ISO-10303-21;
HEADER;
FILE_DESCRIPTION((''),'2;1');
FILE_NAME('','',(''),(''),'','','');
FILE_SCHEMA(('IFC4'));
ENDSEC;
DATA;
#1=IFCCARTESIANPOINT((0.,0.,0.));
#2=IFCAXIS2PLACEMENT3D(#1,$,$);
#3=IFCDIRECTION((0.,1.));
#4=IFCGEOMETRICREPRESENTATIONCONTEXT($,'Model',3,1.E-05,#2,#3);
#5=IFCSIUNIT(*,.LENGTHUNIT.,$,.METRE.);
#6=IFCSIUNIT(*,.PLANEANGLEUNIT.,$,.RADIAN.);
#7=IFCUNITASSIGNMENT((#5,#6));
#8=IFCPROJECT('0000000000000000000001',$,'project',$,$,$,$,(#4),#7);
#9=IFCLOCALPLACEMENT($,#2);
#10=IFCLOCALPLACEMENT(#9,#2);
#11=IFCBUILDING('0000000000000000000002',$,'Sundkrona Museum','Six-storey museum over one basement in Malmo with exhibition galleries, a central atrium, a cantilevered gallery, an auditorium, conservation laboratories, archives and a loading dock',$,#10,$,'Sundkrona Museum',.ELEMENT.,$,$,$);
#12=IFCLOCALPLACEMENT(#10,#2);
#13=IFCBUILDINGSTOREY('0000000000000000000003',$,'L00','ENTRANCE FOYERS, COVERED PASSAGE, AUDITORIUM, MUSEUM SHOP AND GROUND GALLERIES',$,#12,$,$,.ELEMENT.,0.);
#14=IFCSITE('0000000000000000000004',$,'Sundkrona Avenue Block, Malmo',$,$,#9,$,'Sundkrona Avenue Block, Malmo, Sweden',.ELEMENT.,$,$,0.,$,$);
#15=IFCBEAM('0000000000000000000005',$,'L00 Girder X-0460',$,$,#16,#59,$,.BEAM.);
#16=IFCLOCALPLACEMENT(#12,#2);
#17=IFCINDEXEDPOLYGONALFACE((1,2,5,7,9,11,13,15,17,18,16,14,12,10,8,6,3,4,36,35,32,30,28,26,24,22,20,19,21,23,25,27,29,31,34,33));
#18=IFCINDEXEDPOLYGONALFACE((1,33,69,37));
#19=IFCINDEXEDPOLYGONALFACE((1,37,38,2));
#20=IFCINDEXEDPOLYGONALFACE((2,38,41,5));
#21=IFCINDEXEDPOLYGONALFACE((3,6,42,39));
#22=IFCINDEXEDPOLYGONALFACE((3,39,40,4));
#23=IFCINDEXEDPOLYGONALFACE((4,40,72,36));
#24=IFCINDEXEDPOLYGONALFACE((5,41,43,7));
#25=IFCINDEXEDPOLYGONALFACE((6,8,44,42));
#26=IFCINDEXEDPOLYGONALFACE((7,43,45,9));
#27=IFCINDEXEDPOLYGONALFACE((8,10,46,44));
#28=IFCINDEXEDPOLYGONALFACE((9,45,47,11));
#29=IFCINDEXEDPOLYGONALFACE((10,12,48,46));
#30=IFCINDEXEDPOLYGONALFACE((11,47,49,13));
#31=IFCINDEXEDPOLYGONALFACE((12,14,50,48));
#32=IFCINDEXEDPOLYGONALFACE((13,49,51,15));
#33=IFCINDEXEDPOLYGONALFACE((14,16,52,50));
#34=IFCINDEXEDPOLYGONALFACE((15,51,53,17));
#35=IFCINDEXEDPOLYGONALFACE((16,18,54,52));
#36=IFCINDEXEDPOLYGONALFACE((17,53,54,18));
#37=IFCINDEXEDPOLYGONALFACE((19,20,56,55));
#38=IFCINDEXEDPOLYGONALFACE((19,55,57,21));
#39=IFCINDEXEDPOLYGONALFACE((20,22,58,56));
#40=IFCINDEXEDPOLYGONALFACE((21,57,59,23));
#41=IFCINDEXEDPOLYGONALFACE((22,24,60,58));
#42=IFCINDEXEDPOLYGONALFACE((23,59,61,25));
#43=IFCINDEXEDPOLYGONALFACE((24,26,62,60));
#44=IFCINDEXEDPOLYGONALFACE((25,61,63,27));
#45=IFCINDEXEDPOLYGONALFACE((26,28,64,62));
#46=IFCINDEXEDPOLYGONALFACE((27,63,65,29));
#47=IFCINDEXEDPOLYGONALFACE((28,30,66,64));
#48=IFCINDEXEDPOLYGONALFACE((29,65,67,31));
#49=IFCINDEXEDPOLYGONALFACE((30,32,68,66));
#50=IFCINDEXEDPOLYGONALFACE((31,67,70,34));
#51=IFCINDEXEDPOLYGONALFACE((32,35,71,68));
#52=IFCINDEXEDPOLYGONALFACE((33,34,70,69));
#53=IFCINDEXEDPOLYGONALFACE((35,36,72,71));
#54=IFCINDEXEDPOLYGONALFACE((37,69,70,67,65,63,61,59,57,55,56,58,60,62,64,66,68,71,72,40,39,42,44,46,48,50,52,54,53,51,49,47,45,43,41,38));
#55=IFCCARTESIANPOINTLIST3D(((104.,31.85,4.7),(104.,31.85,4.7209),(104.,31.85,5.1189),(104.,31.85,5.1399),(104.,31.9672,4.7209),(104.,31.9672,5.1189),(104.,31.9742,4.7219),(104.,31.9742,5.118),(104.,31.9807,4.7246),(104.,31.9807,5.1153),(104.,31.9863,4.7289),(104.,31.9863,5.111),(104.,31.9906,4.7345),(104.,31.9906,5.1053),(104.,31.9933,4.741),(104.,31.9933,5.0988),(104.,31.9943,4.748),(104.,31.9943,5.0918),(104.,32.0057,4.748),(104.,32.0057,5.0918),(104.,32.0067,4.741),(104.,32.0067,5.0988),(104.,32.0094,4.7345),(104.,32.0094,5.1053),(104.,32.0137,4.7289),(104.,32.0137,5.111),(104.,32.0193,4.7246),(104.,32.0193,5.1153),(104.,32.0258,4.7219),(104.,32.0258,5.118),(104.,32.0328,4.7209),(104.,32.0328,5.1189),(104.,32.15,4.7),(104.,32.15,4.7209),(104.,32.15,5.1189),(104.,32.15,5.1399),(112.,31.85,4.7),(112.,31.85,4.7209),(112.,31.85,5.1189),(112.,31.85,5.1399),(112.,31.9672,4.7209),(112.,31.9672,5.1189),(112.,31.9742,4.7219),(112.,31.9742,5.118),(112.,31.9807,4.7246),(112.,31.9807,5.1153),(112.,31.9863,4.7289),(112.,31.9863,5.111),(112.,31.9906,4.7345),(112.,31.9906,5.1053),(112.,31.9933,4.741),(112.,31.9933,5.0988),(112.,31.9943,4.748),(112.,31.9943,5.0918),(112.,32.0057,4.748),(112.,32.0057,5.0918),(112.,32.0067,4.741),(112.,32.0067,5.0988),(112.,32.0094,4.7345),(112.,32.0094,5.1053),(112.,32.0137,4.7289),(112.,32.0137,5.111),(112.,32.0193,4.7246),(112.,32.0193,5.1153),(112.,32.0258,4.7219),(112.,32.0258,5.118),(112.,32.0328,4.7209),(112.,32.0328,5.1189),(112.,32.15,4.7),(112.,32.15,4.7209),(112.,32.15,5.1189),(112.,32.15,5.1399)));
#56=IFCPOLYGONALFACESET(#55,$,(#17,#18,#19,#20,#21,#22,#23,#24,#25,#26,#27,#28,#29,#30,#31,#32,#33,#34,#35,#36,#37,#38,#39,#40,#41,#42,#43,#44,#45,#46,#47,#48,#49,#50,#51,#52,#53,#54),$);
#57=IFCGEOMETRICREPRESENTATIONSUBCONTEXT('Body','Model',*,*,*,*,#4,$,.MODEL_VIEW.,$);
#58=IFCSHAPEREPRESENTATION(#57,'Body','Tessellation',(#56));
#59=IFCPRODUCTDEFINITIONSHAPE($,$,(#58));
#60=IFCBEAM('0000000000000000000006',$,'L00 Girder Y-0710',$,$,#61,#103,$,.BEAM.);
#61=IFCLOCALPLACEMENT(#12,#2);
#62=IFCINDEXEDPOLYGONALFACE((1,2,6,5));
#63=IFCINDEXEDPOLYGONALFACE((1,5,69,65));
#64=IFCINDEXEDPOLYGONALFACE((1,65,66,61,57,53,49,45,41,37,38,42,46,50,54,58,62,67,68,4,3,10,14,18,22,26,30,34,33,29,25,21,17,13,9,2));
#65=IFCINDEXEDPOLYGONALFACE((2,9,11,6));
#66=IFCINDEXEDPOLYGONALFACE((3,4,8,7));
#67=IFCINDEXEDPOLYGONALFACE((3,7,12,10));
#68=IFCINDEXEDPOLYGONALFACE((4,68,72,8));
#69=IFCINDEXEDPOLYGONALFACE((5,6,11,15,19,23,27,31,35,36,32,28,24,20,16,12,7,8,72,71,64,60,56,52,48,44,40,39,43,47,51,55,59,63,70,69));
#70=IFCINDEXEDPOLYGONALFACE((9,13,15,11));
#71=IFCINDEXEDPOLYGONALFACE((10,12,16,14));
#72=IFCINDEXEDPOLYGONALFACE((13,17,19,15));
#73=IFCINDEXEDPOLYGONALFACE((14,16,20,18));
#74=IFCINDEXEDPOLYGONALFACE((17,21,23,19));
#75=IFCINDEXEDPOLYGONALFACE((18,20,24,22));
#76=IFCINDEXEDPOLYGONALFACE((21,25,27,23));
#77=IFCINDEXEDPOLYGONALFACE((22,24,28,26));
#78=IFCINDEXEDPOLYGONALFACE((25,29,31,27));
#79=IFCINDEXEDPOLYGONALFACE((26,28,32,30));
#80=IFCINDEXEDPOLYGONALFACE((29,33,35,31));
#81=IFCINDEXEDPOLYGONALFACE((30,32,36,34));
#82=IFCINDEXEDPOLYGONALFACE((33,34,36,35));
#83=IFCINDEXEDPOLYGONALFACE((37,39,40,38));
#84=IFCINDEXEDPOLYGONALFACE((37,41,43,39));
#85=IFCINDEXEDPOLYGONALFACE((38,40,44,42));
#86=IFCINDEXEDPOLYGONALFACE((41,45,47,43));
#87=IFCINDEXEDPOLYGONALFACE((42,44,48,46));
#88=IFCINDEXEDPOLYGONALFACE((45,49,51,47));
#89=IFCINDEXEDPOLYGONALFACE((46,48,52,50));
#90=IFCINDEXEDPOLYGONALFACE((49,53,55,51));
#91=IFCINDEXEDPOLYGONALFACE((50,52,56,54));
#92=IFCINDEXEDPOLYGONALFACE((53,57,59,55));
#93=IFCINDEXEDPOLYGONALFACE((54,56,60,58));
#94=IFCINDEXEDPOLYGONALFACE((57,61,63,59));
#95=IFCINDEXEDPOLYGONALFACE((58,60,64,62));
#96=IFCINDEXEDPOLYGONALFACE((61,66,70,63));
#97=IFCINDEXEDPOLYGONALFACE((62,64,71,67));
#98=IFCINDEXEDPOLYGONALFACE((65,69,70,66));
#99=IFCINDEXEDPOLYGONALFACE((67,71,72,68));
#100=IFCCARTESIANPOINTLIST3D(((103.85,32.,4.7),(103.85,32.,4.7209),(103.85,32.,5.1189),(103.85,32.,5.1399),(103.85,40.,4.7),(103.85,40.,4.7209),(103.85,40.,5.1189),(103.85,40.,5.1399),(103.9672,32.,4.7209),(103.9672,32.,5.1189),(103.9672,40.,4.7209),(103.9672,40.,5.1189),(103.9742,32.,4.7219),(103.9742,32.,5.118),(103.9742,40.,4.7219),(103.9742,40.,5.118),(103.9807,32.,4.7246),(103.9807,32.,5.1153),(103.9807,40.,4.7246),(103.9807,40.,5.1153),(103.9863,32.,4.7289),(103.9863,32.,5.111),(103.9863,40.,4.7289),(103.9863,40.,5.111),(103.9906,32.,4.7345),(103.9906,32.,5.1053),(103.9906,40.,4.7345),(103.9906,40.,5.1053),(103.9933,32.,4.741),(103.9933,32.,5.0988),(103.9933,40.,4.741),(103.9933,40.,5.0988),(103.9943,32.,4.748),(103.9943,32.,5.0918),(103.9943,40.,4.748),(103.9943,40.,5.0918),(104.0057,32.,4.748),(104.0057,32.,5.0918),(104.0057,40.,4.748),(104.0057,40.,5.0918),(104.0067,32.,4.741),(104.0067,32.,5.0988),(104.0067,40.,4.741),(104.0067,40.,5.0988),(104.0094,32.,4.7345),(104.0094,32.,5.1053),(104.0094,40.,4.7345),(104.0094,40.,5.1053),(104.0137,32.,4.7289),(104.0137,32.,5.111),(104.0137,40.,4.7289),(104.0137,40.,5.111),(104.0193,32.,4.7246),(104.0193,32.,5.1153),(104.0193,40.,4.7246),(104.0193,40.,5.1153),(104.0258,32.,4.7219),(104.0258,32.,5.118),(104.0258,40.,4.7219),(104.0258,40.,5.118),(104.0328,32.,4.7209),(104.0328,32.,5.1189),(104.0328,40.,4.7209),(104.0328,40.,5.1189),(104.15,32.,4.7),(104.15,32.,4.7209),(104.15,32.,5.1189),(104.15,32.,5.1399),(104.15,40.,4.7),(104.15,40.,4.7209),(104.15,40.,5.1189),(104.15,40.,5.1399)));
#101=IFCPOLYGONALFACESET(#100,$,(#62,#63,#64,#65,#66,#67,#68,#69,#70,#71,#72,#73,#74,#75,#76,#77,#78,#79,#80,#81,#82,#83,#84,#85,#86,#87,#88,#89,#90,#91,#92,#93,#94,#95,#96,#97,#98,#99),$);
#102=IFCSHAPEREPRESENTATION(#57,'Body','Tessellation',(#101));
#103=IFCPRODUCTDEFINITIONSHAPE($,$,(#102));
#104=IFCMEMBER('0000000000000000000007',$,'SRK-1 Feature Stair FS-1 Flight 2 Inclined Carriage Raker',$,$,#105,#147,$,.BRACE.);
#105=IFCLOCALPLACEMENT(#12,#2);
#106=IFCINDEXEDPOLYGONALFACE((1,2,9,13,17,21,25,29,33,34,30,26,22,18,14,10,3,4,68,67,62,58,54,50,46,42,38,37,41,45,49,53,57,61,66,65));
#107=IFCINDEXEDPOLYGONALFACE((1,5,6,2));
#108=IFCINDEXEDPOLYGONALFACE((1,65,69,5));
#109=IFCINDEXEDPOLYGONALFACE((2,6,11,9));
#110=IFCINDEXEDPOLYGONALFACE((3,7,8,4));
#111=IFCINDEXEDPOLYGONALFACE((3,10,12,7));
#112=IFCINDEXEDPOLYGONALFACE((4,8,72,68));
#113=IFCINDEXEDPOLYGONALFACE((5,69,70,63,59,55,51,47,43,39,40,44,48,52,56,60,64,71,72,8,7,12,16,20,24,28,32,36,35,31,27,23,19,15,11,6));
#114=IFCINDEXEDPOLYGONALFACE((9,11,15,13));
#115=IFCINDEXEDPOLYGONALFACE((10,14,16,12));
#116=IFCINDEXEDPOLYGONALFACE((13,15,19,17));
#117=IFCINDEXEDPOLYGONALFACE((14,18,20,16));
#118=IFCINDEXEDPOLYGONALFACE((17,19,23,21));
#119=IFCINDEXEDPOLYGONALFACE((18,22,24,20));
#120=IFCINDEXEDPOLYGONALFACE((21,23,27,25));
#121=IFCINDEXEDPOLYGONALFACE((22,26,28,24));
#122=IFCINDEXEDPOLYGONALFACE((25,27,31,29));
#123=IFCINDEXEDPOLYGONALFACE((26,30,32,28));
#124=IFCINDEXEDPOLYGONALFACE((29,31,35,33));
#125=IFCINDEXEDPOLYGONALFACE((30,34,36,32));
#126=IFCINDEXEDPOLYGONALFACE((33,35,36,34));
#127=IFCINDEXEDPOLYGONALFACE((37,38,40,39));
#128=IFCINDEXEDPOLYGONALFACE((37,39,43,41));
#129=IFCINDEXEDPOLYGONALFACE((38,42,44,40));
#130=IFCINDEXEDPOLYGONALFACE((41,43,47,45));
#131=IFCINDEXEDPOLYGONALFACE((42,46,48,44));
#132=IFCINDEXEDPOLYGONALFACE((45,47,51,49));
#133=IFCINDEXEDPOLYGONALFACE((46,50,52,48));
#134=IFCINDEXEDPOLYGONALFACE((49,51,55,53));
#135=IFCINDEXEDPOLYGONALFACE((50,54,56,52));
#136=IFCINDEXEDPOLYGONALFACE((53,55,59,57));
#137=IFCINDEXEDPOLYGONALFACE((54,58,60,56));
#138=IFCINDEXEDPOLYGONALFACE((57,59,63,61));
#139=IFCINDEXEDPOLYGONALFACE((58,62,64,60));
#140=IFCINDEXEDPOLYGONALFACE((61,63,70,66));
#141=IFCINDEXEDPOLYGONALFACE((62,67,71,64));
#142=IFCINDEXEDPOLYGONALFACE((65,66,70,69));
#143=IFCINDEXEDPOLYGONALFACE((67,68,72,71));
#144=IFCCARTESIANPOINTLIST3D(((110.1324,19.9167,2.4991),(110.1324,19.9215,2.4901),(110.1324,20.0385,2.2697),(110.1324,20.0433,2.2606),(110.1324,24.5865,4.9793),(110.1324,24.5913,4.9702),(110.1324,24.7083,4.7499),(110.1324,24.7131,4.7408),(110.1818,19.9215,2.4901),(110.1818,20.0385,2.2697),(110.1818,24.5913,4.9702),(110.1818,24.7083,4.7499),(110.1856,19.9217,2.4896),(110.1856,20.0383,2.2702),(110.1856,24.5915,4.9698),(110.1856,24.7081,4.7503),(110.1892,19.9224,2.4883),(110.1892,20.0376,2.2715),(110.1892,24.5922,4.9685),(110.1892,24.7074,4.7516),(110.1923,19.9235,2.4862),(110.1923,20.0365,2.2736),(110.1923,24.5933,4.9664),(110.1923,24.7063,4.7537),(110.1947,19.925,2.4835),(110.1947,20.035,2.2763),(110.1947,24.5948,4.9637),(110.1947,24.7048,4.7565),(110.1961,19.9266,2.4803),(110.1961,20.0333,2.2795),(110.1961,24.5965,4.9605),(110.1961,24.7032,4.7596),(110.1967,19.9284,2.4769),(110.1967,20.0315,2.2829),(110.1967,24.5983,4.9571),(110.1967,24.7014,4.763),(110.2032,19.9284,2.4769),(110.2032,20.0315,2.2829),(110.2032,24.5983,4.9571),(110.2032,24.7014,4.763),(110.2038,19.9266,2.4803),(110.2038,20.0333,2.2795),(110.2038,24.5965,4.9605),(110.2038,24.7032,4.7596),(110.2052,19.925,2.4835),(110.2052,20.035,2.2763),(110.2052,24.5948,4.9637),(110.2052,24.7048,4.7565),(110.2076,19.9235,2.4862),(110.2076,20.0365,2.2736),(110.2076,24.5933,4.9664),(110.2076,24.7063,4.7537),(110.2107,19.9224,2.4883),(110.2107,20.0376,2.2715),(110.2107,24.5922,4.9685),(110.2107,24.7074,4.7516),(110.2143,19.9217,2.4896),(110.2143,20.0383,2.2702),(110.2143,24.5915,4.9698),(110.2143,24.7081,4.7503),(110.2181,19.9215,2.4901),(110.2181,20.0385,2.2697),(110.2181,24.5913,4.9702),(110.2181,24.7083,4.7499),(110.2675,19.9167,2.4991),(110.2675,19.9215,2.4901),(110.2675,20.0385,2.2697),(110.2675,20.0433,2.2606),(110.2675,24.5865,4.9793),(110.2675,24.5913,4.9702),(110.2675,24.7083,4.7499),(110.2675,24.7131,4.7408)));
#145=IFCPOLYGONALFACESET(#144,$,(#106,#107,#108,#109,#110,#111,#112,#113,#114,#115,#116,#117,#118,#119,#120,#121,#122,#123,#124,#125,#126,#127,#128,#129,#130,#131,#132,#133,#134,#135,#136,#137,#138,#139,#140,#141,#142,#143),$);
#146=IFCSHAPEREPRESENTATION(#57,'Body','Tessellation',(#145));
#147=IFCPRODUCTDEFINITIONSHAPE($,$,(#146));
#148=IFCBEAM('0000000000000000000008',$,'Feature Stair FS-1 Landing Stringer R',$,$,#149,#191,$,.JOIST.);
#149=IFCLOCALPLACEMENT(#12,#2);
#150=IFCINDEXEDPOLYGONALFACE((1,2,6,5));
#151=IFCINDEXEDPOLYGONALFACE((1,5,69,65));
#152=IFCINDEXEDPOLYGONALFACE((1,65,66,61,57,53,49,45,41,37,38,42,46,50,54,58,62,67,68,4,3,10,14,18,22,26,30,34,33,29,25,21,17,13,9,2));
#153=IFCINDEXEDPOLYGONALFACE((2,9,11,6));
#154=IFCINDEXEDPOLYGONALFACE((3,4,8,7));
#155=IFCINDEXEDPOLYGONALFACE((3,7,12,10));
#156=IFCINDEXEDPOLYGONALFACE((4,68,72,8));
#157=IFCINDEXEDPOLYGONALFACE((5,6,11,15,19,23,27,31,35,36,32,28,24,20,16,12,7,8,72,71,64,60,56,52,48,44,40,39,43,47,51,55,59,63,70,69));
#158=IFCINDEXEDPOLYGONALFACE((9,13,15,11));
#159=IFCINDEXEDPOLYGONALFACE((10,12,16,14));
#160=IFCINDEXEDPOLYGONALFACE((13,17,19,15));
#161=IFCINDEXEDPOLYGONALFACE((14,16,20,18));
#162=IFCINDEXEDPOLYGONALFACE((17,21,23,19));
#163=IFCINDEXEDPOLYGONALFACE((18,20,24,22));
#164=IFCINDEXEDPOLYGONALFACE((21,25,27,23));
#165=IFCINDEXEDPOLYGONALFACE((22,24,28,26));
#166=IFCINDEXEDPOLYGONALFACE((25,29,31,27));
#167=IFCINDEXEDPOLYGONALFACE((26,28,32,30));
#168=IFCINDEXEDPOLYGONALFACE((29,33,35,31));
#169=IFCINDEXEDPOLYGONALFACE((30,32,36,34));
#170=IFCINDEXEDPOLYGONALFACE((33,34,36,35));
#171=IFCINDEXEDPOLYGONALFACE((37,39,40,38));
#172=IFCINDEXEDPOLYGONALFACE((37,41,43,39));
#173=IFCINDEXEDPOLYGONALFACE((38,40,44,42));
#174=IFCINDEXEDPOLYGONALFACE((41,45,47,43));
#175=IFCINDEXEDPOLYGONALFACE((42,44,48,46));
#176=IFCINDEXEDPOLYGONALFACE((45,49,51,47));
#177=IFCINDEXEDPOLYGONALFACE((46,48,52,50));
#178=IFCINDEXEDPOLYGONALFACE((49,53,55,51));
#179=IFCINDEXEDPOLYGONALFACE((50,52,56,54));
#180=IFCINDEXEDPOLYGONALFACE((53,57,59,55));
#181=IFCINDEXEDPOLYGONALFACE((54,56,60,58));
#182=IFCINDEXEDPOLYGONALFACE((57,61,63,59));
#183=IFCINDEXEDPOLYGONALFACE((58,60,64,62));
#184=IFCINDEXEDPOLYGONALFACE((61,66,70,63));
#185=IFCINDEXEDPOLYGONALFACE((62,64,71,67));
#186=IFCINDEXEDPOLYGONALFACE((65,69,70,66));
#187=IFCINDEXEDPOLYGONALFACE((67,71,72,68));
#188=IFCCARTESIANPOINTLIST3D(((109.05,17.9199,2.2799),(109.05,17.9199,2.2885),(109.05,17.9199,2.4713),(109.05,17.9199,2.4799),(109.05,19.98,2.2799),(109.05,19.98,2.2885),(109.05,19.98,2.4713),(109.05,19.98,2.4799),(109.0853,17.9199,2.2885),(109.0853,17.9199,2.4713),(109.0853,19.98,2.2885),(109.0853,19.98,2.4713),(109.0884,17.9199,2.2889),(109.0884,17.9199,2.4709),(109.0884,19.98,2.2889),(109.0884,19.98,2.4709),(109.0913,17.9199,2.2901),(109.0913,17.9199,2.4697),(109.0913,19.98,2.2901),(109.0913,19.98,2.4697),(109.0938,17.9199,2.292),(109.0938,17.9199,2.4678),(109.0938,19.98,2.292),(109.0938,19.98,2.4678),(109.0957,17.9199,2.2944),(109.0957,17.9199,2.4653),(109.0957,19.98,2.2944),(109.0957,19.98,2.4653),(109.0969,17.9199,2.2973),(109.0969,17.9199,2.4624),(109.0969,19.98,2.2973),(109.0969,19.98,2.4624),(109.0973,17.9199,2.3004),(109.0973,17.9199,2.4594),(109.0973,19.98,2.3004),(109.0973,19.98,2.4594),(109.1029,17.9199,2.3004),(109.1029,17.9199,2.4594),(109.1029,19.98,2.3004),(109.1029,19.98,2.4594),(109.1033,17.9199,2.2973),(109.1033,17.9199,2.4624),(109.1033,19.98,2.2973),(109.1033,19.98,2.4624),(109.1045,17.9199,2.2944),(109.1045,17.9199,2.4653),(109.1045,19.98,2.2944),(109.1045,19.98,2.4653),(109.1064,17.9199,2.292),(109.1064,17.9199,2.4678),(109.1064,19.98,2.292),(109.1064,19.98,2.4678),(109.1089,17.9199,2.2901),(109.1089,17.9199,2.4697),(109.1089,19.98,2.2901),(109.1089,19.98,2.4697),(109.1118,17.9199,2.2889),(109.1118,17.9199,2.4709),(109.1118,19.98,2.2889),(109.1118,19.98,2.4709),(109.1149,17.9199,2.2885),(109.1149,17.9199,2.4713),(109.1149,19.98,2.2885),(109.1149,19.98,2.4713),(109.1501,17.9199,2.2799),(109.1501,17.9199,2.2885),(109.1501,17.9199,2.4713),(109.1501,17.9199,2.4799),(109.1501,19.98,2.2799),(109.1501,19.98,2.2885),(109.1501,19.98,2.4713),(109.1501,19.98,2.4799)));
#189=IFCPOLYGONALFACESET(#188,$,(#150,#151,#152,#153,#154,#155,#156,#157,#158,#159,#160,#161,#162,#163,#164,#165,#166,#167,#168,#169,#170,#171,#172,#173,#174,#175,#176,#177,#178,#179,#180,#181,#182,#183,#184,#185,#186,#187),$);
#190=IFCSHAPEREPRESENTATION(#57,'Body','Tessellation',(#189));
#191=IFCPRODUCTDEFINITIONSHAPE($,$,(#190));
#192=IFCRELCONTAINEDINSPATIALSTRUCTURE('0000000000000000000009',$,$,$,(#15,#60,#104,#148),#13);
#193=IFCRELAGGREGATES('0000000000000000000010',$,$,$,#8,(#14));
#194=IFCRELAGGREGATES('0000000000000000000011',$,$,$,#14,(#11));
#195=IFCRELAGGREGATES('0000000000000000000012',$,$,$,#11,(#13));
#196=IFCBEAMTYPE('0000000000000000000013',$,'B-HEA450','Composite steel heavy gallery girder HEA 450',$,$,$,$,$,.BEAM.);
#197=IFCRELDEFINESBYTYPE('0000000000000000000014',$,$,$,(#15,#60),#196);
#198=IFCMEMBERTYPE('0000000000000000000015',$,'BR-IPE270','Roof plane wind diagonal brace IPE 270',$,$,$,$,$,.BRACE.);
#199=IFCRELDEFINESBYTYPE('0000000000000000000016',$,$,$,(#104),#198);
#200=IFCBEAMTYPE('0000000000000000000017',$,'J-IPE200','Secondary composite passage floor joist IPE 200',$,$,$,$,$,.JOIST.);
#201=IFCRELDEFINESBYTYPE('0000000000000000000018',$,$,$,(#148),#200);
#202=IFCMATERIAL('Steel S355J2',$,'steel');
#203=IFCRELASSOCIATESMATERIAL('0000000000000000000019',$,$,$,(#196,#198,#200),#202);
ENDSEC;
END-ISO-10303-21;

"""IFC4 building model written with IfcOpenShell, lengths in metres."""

from ifc_helpers import new_model, si_unit, direction, frame, origin, origin_2d, place, context, subcontext, project, spatial, i_section, extrude, material, material_profile, profile_set, type_object, element, save


model = new_model("IFC4")

# Units and contexts
model_context = context("Model", 3, precision=1e-05, world=origin(), true_north=direction((0.0, 1.0)))
body_context = subcontext(model_context, "Body", "Model", "MODEL_VIEW")
ifc_project = project(units=[si_unit("LENGTHUNIT", "METRE"), si_unit("PLANEANGLEUNIT", "RADIAN")], contexts=[model_context])

# Site, building, storey
site_placement = place(None, origin())
site = spatial("IfcSite", under=ifc_project, at=site_placement, Name="Sundkrona Avenue Block, Malmo", LongName="Sundkrona Avenue Block, Malmo, Sweden", CompositionType="ELEMENT", RefElevation=0.0)
building_placement = place(site_placement, origin())
building = spatial("IfcBuilding", under=site, at=building_placement, Name="Sundkrona Museum", Description="Six-storey museum over one basement in Malmo with exhibition galleries, a central atrium, a cantilevered gallery, an auditorium, conservation laboratories, archives and a loading dock", LongName="Sundkrona Museum", CompositionType="ELEMENT")
storey_placement = place(building_placement, origin())
storey = spatial("IfcBuildingStorey", under=building, at=storey_placement, Name="L00", Description="ENTRANCE FOYERS, COVERED PASSAGE, AUDITORIUM, MUSEUM SHOP AND GROUND GALLERIES", CompositionType="ELEMENT", Elevation=0.0)

# Shared definitions
ifc_material_1 = material(Name="Steel S355J2", Category="steel")

# Beams
ifc_material_profile_1 = material_profile(ifc_material_1, i_section(OverallWidth=0.3, OverallDepth=0.4399, WebThickness=0.0115, FlangeThickness=0.021, FilletRadius=0.0271, at=origin_2d()), Name="HEA 450")
ifc_profile_set_1 = profile_set([ifc_material_profile_1], Name="Steel S355J2")
beam_type_1 = type_object("IfcBeamType", Name="B-HEA450", Description="Composite steel heavy gallery girder HEA 450", PredefinedType="BEAM", material=ifc_profile_set_1)
for number, where, z_axis, x_axis, name in (
    (1, (104.0, 32.0, 4.9199), (1.0, 0.0, 0.0), (0.0, 1.0, 0.0), "L00 Girder X-0460"),
    (2, (104.0, 32.0, 4.9199), (0.0, 1.0, 0.0), (-1.0, 0.0, 0.0), "L00 Girder Y-0710"),
):
    element("IfcBeam", number, at=place(storey_placement, frame(where, z_axis=z_axis, x_axis=x_axis)), inside=storey, type_object=beam_type_1, Name=name, PredefinedType="BEAM", context=body_context, shape_type="SweptSolid", body=[
        extrude(i_section(OverallWidth=0.3, OverallDepth=0.4399, WebThickness=0.0115, FlangeThickness=0.021, FilletRadius=0.0271, at=origin_2d()), origin(), (0.0, 0.0, 1.0), 8.0),
    ])

# Member
ifc_material_profile_2 = material_profile(ifc_material_1, i_section(OverallWidth=0.135, OverallDepth=0.27, WebThickness=0.0066, FlangeThickness=0.0103, FilletRadius=0.0149, at=origin_2d()), Name="IPE 270")
ifc_profile_set_2 = profile_set([ifc_material_profile_2], Name="Steel S355J2")
member_type_1 = type_object("IfcMemberType", Name="BR-IPE270", Description="Roof plane wind diagonal brace IPE 270", PredefinedType="BRACE", material=ifc_profile_set_2)
member_1_placement = place(storey_placement, frame((110.2, 19.98, 2.3799), z_axis=(0.0, 0.883168, 0.469056), x_axis=(-1.0, 0.0, 0.0)))
element("IfcMember", 3, at=member_1_placement, inside=storey, type_object=member_type_1, Name="SRK-1 Feature Stair FS-1 Flight 2 Inclined Carriage Raker", PredefinedType="BRACE", context=body_context, shape_type="SweptSolid", body=[
    extrude(i_section(OverallWidth=0.135, OverallDepth=0.27, WebThickness=0.0066, FlangeThickness=0.0103, FilletRadius=0.0149, at=origin_2d()), origin(), (0.0, 0.0, 1.0), 5.2876),
])

# Beam
ifc_material_profile_3 = material_profile(ifc_material_1, i_section(OverallWidth=0.1001, OverallDepth=0.2, WebThickness=0.0056, FlangeThickness=0.0085, FilletRadius=0.012, at=origin_2d()), Name="IPE 200")
ifc_profile_set_3 = profile_set([ifc_material_profile_3], Name="Steel S355J2")
beam_type_2 = type_object("IfcBeamType", Name="J-IPE200", Description="Secondary composite passage floor joist IPE 200", PredefinedType="JOIST", material=ifc_profile_set_3)
beam_placement = place(storey_placement, frame((109.1001, 17.9199, 2.3799), z_axis=(0.0, 1.0, 0.0), x_axis=(-1.0, 0.0, 0.0)))
element("IfcBeam", 4, at=beam_placement, inside=storey, type_object=beam_type_2, Name="Feature Stair FS-1 Landing Stringer R", PredefinedType="JOIST", context=body_context, shape_type="SweptSolid", body=[
    extrude(i_section(OverallWidth=0.1001, OverallDepth=0.2, WebThickness=0.0056, FlangeThickness=0.0085, FilletRadius=0.012, at=origin_2d()), origin(), (0.0, 0.0, 1.0), 2.0601),
])

save(model, "model.ifc")
